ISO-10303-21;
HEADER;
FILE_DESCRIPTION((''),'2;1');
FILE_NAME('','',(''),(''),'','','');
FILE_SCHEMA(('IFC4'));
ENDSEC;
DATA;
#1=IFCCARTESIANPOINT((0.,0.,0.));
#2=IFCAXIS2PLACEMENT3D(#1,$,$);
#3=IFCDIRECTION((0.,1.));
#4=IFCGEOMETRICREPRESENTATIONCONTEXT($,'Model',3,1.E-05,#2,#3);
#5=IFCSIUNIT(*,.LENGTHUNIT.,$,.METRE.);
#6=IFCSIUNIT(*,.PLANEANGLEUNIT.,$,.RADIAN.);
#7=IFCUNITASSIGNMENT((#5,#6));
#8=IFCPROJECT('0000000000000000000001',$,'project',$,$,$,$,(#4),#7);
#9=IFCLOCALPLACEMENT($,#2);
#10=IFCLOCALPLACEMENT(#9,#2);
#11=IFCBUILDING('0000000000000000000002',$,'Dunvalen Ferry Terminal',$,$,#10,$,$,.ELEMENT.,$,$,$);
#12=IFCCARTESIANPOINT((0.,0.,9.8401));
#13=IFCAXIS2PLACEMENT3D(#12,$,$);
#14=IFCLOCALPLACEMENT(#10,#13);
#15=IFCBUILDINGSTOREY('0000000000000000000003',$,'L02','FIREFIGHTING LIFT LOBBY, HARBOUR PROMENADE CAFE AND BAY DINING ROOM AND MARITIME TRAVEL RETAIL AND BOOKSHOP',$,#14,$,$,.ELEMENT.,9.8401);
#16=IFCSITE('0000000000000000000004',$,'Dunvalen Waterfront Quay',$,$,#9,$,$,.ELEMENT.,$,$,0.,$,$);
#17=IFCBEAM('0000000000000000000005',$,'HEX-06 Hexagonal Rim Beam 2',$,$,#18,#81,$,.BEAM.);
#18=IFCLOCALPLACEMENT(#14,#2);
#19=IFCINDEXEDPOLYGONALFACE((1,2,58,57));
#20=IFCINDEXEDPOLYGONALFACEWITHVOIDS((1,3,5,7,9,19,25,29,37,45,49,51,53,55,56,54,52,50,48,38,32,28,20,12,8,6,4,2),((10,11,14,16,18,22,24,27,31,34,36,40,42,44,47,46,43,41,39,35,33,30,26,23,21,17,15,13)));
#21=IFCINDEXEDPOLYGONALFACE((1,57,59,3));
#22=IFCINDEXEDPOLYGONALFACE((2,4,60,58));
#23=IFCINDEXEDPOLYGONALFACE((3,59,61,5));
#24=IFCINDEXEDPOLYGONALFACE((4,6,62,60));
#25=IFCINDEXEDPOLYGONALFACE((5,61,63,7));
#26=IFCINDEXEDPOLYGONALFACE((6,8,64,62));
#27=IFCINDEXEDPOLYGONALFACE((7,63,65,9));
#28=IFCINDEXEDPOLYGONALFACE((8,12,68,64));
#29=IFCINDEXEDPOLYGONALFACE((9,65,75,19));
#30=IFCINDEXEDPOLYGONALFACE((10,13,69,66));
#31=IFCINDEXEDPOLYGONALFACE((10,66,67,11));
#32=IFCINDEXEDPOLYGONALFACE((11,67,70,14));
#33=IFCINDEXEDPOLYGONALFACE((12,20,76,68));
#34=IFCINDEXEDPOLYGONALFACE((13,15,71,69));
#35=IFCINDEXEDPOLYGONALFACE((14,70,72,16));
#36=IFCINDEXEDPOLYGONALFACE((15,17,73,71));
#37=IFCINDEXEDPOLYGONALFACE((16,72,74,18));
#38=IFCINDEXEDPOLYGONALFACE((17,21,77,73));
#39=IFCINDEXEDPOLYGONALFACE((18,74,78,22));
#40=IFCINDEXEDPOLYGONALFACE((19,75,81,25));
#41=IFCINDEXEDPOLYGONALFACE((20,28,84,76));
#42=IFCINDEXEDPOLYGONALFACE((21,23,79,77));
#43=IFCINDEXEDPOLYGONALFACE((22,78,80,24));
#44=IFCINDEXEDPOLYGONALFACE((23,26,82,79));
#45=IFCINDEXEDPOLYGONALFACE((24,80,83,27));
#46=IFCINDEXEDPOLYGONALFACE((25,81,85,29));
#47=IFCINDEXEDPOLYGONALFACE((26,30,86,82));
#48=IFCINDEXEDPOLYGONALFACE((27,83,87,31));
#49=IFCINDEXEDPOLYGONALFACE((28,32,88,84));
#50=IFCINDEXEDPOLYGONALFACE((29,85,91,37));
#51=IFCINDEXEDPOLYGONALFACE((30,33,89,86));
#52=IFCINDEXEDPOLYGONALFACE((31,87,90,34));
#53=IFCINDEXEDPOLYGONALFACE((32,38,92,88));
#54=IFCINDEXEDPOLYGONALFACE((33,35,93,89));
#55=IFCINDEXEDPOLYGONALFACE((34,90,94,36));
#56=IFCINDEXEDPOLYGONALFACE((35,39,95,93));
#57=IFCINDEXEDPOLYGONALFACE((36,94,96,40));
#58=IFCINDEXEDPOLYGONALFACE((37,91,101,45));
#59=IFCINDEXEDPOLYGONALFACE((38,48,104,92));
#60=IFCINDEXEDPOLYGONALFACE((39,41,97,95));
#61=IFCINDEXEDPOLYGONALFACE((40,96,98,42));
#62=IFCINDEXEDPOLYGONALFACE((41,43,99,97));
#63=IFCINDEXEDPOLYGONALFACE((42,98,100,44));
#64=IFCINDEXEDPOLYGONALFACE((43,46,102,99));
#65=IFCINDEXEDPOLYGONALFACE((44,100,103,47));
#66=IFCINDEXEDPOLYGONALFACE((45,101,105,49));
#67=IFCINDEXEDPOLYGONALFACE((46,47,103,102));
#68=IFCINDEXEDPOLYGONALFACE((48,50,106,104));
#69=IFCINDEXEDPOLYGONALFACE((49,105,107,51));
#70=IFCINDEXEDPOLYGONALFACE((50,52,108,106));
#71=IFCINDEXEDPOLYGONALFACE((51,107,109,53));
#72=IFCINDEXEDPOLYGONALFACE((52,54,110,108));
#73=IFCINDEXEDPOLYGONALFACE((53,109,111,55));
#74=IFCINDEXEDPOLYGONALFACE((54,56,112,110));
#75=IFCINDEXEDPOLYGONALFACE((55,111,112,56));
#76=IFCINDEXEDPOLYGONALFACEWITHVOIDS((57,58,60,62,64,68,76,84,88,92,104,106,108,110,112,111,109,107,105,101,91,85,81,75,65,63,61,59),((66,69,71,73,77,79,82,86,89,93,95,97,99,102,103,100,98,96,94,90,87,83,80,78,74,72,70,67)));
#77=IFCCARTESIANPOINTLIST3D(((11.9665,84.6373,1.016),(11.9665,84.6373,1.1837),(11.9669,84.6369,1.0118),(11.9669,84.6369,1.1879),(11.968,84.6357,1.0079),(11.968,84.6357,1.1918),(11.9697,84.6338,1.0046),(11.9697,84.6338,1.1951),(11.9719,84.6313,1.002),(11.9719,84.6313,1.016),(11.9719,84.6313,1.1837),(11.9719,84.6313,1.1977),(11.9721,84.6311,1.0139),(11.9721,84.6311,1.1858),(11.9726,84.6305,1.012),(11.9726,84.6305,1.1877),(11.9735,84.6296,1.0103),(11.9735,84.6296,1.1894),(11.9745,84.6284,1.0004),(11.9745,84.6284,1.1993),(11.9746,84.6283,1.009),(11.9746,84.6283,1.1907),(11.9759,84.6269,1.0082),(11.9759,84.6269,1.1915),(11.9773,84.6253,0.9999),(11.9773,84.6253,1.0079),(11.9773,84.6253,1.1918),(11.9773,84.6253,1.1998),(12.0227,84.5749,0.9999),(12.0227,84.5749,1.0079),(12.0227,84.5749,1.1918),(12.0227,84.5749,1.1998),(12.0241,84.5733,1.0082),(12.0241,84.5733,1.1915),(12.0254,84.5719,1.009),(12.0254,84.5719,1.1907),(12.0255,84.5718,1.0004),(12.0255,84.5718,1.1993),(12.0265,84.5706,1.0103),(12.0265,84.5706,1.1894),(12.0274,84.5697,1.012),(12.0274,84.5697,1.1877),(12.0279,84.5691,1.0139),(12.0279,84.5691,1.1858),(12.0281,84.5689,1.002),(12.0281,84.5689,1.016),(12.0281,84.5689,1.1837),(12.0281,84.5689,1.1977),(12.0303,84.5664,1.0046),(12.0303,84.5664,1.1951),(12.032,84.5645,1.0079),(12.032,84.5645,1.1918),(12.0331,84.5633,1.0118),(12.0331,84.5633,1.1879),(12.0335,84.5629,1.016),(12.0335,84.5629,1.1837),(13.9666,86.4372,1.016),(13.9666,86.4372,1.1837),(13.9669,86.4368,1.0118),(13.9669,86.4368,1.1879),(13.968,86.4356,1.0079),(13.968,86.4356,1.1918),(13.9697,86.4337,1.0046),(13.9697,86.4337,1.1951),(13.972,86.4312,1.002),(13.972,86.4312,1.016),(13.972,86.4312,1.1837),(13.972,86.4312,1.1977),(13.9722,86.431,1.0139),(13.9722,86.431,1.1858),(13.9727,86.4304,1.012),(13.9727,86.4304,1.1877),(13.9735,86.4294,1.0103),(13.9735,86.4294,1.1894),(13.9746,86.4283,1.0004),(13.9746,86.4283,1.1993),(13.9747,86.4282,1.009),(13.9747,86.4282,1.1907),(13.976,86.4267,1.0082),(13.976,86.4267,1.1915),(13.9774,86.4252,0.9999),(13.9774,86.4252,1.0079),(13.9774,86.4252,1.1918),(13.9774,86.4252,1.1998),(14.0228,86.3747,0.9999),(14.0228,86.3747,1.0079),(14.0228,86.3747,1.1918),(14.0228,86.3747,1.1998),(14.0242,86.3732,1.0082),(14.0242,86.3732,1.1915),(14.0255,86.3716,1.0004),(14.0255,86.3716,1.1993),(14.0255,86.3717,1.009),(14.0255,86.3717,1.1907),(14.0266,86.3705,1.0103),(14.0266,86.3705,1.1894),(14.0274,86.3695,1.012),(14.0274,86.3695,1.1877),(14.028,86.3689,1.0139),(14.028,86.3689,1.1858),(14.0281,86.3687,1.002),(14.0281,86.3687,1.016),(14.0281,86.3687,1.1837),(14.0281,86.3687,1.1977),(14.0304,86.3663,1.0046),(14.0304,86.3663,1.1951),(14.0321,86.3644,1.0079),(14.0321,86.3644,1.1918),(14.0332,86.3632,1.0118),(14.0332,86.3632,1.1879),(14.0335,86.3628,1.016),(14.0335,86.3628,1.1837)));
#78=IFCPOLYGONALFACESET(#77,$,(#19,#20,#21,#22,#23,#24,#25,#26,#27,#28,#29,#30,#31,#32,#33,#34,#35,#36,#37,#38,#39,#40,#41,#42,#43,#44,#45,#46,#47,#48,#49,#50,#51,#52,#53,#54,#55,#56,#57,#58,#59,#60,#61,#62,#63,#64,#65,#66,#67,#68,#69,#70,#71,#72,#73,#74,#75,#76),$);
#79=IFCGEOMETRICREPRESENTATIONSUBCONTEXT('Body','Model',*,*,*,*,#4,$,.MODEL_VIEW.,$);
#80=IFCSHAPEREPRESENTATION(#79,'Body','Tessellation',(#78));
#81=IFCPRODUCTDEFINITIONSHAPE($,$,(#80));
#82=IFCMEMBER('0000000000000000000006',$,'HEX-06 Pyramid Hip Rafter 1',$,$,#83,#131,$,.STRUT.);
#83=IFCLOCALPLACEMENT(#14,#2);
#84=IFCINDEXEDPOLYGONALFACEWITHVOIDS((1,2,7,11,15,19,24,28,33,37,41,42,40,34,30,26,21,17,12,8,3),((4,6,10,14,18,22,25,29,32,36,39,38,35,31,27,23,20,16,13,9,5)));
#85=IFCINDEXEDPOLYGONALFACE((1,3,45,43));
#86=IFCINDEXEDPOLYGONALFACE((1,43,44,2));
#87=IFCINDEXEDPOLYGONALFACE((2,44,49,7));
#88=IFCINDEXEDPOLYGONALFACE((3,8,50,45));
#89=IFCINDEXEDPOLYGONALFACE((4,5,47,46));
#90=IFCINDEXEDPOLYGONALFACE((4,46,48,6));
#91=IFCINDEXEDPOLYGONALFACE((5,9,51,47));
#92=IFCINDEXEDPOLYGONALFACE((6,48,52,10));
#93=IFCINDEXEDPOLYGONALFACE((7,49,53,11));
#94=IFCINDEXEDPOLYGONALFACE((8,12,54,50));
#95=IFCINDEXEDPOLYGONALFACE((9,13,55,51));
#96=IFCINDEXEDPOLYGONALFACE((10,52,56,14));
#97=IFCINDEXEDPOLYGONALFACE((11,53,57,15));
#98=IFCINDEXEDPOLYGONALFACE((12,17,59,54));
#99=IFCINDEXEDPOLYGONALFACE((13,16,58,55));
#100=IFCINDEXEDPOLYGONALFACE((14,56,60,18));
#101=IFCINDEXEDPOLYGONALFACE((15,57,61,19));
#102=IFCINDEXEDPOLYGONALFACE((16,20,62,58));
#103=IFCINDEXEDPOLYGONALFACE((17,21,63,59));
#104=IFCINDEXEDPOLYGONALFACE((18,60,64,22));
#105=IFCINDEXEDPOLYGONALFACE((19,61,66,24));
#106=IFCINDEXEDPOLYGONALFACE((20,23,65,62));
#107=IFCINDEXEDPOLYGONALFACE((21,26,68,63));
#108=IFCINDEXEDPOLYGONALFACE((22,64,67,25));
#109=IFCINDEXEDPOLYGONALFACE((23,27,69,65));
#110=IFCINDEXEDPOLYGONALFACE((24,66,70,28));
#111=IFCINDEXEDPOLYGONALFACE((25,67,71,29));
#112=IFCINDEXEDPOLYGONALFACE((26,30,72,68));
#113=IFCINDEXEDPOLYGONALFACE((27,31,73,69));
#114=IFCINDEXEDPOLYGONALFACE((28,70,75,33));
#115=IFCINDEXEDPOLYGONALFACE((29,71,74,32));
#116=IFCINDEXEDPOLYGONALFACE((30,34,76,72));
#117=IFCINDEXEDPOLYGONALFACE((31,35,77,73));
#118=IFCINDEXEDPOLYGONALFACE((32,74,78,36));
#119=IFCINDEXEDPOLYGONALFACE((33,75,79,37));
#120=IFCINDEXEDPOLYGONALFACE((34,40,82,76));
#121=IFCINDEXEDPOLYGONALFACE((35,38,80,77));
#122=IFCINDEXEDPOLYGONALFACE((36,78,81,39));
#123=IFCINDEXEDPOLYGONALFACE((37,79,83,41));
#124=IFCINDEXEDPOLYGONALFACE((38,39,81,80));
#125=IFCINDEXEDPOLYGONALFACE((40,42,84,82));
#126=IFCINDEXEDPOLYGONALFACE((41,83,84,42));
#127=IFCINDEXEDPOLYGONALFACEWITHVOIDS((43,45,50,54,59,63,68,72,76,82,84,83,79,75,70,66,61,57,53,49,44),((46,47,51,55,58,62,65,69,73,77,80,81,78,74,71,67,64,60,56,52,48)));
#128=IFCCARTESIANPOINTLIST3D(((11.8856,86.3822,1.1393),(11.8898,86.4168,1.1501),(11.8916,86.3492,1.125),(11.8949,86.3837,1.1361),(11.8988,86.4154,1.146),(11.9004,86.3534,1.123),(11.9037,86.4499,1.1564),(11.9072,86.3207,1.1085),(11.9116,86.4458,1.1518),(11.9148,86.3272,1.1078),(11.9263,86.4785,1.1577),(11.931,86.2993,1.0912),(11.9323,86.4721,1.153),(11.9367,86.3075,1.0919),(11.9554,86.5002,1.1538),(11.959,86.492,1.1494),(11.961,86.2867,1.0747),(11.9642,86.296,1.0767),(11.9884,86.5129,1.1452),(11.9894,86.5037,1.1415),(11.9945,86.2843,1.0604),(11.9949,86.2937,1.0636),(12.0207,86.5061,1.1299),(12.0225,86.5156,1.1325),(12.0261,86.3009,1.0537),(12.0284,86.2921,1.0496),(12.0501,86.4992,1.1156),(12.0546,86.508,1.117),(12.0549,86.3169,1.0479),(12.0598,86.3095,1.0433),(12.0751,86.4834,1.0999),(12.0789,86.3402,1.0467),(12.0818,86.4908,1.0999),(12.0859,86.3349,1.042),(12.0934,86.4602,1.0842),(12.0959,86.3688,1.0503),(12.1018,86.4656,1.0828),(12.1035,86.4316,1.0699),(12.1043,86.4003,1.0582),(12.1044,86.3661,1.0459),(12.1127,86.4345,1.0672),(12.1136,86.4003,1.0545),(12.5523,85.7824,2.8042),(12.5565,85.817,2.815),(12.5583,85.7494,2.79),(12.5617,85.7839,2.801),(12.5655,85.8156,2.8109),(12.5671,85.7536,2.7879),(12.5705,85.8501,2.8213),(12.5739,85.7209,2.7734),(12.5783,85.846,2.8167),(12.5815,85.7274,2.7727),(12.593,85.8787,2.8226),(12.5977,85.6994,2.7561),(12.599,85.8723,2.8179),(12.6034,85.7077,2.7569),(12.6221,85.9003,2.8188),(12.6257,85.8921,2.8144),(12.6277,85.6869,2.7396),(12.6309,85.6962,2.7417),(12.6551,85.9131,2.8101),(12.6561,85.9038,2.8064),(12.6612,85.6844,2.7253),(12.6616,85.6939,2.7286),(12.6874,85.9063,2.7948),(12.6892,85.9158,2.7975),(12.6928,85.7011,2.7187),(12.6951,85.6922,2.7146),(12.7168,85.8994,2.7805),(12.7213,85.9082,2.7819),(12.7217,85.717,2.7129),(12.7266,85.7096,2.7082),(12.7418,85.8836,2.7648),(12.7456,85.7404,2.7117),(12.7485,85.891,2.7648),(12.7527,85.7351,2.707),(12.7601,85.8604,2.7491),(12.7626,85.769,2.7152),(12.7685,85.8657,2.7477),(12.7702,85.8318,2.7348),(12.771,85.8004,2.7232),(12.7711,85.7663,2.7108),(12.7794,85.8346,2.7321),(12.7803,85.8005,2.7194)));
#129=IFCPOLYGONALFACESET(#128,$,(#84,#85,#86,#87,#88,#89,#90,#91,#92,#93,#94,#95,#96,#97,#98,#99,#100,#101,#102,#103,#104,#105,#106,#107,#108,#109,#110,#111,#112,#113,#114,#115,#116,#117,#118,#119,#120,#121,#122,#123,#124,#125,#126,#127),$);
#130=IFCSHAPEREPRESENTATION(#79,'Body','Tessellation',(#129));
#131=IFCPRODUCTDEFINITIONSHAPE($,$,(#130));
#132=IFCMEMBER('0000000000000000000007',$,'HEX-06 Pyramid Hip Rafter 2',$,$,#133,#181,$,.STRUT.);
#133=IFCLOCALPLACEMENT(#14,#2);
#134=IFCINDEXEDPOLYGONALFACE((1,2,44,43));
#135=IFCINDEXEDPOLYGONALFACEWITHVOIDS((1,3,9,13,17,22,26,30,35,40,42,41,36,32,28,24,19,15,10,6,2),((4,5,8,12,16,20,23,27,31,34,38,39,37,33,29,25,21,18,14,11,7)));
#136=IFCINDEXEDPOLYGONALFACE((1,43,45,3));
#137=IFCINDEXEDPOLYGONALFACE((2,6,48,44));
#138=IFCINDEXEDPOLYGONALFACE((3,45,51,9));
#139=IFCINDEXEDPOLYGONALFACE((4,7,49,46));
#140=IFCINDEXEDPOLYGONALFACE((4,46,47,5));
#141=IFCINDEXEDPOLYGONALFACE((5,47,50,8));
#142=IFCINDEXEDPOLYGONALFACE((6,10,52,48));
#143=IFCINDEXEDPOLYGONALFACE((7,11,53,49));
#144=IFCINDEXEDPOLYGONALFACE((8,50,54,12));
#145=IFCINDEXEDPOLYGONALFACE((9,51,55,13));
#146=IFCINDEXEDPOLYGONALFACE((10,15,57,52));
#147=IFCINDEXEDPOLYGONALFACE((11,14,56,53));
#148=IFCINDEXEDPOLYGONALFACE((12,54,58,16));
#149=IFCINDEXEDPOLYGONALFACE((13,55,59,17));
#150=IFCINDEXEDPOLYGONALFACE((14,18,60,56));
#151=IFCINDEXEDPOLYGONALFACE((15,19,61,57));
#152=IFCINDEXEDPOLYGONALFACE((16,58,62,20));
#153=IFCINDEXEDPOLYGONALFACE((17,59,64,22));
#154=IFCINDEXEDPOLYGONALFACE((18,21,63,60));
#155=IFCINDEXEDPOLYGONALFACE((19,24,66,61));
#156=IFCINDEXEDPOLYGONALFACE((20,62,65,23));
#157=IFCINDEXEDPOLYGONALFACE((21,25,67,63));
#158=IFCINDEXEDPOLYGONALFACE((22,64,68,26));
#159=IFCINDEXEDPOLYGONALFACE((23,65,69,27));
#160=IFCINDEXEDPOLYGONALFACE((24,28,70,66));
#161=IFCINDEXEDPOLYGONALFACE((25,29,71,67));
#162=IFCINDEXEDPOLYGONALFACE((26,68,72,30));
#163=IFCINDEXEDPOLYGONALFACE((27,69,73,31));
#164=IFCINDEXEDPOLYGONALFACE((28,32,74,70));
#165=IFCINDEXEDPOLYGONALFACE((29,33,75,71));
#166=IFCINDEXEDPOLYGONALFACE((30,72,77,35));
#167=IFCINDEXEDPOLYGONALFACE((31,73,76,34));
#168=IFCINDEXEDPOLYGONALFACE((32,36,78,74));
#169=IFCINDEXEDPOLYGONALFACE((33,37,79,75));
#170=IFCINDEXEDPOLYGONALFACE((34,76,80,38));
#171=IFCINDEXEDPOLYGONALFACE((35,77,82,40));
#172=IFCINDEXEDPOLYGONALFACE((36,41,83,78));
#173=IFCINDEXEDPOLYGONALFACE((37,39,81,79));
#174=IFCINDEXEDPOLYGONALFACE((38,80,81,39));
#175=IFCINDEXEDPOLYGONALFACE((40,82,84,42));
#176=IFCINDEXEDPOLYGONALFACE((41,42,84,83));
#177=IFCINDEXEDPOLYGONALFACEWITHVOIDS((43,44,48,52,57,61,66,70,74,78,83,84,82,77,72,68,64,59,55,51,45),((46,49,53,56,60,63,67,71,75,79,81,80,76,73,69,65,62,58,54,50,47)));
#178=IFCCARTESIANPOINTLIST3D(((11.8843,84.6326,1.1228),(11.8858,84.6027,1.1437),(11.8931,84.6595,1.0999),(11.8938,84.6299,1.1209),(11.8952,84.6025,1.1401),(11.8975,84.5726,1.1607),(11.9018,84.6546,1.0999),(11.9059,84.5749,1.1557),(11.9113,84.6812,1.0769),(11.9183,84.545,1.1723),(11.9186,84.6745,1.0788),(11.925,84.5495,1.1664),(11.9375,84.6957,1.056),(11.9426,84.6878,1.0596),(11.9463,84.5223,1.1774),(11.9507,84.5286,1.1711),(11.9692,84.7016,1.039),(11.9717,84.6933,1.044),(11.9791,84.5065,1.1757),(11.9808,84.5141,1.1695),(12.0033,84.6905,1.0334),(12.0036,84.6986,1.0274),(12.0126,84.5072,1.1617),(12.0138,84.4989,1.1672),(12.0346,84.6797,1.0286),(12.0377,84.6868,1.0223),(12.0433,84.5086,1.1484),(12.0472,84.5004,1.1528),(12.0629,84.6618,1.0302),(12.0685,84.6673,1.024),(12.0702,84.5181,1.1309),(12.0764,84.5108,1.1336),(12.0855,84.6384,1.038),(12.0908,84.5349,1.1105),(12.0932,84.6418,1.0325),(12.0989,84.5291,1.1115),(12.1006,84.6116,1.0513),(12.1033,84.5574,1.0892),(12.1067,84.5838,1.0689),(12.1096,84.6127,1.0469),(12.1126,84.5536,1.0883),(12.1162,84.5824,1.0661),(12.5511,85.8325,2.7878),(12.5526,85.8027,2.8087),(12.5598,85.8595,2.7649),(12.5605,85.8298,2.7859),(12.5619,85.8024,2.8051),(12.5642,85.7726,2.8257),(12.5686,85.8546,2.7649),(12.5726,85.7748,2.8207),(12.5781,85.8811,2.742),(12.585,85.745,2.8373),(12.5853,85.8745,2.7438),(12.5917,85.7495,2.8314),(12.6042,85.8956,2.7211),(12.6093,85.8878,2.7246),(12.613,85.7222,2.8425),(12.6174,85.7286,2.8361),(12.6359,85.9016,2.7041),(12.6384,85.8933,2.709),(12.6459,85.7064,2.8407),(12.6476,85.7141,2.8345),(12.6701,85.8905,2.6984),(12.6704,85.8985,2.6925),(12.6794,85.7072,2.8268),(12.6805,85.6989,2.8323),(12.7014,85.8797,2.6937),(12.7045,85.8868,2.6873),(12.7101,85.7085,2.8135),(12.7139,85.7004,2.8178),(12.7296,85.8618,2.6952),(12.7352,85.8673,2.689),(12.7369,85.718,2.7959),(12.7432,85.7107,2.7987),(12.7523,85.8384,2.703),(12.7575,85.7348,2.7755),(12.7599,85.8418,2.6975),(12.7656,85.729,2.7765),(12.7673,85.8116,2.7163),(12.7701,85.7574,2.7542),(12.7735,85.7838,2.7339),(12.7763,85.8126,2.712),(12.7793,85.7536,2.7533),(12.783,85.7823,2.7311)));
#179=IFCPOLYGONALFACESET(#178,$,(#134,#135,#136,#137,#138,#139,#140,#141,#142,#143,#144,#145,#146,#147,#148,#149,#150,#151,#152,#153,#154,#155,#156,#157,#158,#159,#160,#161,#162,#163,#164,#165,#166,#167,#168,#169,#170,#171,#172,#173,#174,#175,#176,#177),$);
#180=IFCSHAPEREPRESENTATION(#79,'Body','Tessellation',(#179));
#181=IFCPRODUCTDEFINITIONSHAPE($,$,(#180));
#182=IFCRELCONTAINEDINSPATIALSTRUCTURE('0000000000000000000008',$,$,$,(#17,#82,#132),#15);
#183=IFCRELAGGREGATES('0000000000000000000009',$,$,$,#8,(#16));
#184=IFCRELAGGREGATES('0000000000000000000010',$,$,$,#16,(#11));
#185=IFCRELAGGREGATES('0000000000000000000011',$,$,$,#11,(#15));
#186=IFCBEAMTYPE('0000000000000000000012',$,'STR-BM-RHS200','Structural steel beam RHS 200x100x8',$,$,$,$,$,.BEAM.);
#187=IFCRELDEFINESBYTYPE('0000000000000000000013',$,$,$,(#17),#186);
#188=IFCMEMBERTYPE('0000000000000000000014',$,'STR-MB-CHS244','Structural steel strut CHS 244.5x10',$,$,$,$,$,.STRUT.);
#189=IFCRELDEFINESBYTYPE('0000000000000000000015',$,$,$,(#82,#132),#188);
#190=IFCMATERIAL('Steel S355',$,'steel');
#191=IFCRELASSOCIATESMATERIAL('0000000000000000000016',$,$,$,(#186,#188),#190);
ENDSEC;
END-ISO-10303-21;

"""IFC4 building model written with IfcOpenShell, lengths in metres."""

from ifc_helpers import new_model, si_unit, direction, frame, origin, origin_2d, place, context, subcontext, project, spatial, hollow_rectangle, hollow_circle, extrude, material, material_profile, profile_set, type_object, element, save


model = new_model("IFC4")

# Units and contexts
model_context = context("Model", 3, precision=1e-05, world=origin(), true_north=direction((0.0, 1.0)))
body_context = subcontext(model_context, "Body", "Model", "MODEL_VIEW")
ifc_project = project(units=[si_unit("LENGTHUNIT", "METRE"), si_unit("PLANEANGLEUNIT", "RADIAN")], contexts=[model_context])

# Site, building, storey
site_placement = place(None, origin())
site = spatial("IfcSite", under=ifc_project, at=site_placement, Name="Dunvalen Waterfront Quay", CompositionType="ELEMENT", RefElevation=0.0)
building_placement = place(site_placement, origin())
building = spatial("IfcBuilding", under=site, at=building_placement, Name="Dunvalen Ferry Terminal", CompositionType="ELEMENT")
storey_placement = place(building_placement, frame((0.0, 0.0, 9.8401)))
storey = spatial("IfcBuildingStorey", under=building, at=storey_placement, Name="L02", Description="FIREFIGHTING LIFT LOBBY, HARBOUR PROMENADE CAFE AND BAY DINING ROOM AND MARITIME TRAVEL RETAIL AND BOOKSHOP", CompositionType="ELEMENT", Elevation=9.8401)

# Beam
ifc_material_1 = material(Name="Steel S355", Category="steel")
ifc_material_profile_1 = material_profile(ifc_material_1, hollow_rectangle(XDim=0.1001, YDim=0.2, WallThickness=0.0081, InnerFilletRadius=0.0081, OuterFilletRadius=0.0161, at=origin_2d()), Name="Steel S355")
ifc_profile_set_1 = profile_set([ifc_material_profile_1], Name="Steel S355")
beam_type_1 = type_object("IfcBeamType", Name="STR-BM-RHS200", Description="Structural steel beam RHS 200x100x8", PredefinedType="BEAM", material=ifc_profile_set_1)
beam_1_placement = place(storey_placement, frame((12.0, 84.6001, 1.0999), z_axis=(0.74333, 0.668925, 0.0), x_axis=(-0.668925, 0.74333, 0.0)))
element("IfcBeam", 1, at=beam_1_placement, inside=storey, type_object=beam_type_1, Name="HEX-06 Hexagonal Rim Beam 2", PredefinedType="BEAM", context=body_context, shape_type="SweptSolid", body=[
    extrude(hollow_rectangle(XDim=0.1001, YDim=0.2, WallThickness=0.0081, InnerFilletRadius=0.0081, OuterFilletRadius=0.0161, at=origin_2d()), origin(), (0.0, 0.0, 1.0), 2.6907),
])

# Members
ifc_material_profile_2 = material_profile(ifc_material_1, hollow_circle(Radius=0.1223, WallThickness=0.01, at=origin_2d()), Name="Steel S355")
ifc_profile_set_2 = profile_set([ifc_material_profile_2], Name="Steel S355")
member_type_1 = type_object("IfcMemberType", Name="STR-MB-CHS244", Description="Structural steel strut CHS 244.5x10", PredefinedType="STRUT", material=ifc_profile_set_2)
member_1_placement = place(storey_placement, frame((12.0, 86.3999, 1.0999), z_axis=(0.352548, -0.317177, 0.880402), x_axis=(0.668829, 0.743416, 0.0)))
element("IfcMember", 2, at=member_1_placement, inside=storey, type_object=member_type_1, Name="HEX-06 Pyramid Hip Rafter 1", PredefinedType="STRUT", context=body_context, shape_type="SweptSolid", body=[
    extrude(hollow_circle(Radius=0.1223, WallThickness=0.01, at=origin_2d()), origin(), (0.0, 0.0, 1.0), 1.8911),
])
member_2_placement = place(storey_placement, frame((12.0, 84.6001, 1.0999), z_axis=(0.308971, 0.556058, 0.77158), x_axis=(-0.874124, 0.485703, 0.0)))
element("IfcMember", 3, at=member_2_placement, inside=storey, type_object=member_type_1, Name="HEX-06 Pyramid Hip Rafter 2", PredefinedType="STRUT", context=body_context, shape_type="SweptSolid", body=[
    extrude(hollow_circle(Radius=0.1223, WallThickness=0.01, at=origin_2d()), origin(), (0.0, 0.0, 1.0), 2.158),
])

save(model, "model.ifc")
